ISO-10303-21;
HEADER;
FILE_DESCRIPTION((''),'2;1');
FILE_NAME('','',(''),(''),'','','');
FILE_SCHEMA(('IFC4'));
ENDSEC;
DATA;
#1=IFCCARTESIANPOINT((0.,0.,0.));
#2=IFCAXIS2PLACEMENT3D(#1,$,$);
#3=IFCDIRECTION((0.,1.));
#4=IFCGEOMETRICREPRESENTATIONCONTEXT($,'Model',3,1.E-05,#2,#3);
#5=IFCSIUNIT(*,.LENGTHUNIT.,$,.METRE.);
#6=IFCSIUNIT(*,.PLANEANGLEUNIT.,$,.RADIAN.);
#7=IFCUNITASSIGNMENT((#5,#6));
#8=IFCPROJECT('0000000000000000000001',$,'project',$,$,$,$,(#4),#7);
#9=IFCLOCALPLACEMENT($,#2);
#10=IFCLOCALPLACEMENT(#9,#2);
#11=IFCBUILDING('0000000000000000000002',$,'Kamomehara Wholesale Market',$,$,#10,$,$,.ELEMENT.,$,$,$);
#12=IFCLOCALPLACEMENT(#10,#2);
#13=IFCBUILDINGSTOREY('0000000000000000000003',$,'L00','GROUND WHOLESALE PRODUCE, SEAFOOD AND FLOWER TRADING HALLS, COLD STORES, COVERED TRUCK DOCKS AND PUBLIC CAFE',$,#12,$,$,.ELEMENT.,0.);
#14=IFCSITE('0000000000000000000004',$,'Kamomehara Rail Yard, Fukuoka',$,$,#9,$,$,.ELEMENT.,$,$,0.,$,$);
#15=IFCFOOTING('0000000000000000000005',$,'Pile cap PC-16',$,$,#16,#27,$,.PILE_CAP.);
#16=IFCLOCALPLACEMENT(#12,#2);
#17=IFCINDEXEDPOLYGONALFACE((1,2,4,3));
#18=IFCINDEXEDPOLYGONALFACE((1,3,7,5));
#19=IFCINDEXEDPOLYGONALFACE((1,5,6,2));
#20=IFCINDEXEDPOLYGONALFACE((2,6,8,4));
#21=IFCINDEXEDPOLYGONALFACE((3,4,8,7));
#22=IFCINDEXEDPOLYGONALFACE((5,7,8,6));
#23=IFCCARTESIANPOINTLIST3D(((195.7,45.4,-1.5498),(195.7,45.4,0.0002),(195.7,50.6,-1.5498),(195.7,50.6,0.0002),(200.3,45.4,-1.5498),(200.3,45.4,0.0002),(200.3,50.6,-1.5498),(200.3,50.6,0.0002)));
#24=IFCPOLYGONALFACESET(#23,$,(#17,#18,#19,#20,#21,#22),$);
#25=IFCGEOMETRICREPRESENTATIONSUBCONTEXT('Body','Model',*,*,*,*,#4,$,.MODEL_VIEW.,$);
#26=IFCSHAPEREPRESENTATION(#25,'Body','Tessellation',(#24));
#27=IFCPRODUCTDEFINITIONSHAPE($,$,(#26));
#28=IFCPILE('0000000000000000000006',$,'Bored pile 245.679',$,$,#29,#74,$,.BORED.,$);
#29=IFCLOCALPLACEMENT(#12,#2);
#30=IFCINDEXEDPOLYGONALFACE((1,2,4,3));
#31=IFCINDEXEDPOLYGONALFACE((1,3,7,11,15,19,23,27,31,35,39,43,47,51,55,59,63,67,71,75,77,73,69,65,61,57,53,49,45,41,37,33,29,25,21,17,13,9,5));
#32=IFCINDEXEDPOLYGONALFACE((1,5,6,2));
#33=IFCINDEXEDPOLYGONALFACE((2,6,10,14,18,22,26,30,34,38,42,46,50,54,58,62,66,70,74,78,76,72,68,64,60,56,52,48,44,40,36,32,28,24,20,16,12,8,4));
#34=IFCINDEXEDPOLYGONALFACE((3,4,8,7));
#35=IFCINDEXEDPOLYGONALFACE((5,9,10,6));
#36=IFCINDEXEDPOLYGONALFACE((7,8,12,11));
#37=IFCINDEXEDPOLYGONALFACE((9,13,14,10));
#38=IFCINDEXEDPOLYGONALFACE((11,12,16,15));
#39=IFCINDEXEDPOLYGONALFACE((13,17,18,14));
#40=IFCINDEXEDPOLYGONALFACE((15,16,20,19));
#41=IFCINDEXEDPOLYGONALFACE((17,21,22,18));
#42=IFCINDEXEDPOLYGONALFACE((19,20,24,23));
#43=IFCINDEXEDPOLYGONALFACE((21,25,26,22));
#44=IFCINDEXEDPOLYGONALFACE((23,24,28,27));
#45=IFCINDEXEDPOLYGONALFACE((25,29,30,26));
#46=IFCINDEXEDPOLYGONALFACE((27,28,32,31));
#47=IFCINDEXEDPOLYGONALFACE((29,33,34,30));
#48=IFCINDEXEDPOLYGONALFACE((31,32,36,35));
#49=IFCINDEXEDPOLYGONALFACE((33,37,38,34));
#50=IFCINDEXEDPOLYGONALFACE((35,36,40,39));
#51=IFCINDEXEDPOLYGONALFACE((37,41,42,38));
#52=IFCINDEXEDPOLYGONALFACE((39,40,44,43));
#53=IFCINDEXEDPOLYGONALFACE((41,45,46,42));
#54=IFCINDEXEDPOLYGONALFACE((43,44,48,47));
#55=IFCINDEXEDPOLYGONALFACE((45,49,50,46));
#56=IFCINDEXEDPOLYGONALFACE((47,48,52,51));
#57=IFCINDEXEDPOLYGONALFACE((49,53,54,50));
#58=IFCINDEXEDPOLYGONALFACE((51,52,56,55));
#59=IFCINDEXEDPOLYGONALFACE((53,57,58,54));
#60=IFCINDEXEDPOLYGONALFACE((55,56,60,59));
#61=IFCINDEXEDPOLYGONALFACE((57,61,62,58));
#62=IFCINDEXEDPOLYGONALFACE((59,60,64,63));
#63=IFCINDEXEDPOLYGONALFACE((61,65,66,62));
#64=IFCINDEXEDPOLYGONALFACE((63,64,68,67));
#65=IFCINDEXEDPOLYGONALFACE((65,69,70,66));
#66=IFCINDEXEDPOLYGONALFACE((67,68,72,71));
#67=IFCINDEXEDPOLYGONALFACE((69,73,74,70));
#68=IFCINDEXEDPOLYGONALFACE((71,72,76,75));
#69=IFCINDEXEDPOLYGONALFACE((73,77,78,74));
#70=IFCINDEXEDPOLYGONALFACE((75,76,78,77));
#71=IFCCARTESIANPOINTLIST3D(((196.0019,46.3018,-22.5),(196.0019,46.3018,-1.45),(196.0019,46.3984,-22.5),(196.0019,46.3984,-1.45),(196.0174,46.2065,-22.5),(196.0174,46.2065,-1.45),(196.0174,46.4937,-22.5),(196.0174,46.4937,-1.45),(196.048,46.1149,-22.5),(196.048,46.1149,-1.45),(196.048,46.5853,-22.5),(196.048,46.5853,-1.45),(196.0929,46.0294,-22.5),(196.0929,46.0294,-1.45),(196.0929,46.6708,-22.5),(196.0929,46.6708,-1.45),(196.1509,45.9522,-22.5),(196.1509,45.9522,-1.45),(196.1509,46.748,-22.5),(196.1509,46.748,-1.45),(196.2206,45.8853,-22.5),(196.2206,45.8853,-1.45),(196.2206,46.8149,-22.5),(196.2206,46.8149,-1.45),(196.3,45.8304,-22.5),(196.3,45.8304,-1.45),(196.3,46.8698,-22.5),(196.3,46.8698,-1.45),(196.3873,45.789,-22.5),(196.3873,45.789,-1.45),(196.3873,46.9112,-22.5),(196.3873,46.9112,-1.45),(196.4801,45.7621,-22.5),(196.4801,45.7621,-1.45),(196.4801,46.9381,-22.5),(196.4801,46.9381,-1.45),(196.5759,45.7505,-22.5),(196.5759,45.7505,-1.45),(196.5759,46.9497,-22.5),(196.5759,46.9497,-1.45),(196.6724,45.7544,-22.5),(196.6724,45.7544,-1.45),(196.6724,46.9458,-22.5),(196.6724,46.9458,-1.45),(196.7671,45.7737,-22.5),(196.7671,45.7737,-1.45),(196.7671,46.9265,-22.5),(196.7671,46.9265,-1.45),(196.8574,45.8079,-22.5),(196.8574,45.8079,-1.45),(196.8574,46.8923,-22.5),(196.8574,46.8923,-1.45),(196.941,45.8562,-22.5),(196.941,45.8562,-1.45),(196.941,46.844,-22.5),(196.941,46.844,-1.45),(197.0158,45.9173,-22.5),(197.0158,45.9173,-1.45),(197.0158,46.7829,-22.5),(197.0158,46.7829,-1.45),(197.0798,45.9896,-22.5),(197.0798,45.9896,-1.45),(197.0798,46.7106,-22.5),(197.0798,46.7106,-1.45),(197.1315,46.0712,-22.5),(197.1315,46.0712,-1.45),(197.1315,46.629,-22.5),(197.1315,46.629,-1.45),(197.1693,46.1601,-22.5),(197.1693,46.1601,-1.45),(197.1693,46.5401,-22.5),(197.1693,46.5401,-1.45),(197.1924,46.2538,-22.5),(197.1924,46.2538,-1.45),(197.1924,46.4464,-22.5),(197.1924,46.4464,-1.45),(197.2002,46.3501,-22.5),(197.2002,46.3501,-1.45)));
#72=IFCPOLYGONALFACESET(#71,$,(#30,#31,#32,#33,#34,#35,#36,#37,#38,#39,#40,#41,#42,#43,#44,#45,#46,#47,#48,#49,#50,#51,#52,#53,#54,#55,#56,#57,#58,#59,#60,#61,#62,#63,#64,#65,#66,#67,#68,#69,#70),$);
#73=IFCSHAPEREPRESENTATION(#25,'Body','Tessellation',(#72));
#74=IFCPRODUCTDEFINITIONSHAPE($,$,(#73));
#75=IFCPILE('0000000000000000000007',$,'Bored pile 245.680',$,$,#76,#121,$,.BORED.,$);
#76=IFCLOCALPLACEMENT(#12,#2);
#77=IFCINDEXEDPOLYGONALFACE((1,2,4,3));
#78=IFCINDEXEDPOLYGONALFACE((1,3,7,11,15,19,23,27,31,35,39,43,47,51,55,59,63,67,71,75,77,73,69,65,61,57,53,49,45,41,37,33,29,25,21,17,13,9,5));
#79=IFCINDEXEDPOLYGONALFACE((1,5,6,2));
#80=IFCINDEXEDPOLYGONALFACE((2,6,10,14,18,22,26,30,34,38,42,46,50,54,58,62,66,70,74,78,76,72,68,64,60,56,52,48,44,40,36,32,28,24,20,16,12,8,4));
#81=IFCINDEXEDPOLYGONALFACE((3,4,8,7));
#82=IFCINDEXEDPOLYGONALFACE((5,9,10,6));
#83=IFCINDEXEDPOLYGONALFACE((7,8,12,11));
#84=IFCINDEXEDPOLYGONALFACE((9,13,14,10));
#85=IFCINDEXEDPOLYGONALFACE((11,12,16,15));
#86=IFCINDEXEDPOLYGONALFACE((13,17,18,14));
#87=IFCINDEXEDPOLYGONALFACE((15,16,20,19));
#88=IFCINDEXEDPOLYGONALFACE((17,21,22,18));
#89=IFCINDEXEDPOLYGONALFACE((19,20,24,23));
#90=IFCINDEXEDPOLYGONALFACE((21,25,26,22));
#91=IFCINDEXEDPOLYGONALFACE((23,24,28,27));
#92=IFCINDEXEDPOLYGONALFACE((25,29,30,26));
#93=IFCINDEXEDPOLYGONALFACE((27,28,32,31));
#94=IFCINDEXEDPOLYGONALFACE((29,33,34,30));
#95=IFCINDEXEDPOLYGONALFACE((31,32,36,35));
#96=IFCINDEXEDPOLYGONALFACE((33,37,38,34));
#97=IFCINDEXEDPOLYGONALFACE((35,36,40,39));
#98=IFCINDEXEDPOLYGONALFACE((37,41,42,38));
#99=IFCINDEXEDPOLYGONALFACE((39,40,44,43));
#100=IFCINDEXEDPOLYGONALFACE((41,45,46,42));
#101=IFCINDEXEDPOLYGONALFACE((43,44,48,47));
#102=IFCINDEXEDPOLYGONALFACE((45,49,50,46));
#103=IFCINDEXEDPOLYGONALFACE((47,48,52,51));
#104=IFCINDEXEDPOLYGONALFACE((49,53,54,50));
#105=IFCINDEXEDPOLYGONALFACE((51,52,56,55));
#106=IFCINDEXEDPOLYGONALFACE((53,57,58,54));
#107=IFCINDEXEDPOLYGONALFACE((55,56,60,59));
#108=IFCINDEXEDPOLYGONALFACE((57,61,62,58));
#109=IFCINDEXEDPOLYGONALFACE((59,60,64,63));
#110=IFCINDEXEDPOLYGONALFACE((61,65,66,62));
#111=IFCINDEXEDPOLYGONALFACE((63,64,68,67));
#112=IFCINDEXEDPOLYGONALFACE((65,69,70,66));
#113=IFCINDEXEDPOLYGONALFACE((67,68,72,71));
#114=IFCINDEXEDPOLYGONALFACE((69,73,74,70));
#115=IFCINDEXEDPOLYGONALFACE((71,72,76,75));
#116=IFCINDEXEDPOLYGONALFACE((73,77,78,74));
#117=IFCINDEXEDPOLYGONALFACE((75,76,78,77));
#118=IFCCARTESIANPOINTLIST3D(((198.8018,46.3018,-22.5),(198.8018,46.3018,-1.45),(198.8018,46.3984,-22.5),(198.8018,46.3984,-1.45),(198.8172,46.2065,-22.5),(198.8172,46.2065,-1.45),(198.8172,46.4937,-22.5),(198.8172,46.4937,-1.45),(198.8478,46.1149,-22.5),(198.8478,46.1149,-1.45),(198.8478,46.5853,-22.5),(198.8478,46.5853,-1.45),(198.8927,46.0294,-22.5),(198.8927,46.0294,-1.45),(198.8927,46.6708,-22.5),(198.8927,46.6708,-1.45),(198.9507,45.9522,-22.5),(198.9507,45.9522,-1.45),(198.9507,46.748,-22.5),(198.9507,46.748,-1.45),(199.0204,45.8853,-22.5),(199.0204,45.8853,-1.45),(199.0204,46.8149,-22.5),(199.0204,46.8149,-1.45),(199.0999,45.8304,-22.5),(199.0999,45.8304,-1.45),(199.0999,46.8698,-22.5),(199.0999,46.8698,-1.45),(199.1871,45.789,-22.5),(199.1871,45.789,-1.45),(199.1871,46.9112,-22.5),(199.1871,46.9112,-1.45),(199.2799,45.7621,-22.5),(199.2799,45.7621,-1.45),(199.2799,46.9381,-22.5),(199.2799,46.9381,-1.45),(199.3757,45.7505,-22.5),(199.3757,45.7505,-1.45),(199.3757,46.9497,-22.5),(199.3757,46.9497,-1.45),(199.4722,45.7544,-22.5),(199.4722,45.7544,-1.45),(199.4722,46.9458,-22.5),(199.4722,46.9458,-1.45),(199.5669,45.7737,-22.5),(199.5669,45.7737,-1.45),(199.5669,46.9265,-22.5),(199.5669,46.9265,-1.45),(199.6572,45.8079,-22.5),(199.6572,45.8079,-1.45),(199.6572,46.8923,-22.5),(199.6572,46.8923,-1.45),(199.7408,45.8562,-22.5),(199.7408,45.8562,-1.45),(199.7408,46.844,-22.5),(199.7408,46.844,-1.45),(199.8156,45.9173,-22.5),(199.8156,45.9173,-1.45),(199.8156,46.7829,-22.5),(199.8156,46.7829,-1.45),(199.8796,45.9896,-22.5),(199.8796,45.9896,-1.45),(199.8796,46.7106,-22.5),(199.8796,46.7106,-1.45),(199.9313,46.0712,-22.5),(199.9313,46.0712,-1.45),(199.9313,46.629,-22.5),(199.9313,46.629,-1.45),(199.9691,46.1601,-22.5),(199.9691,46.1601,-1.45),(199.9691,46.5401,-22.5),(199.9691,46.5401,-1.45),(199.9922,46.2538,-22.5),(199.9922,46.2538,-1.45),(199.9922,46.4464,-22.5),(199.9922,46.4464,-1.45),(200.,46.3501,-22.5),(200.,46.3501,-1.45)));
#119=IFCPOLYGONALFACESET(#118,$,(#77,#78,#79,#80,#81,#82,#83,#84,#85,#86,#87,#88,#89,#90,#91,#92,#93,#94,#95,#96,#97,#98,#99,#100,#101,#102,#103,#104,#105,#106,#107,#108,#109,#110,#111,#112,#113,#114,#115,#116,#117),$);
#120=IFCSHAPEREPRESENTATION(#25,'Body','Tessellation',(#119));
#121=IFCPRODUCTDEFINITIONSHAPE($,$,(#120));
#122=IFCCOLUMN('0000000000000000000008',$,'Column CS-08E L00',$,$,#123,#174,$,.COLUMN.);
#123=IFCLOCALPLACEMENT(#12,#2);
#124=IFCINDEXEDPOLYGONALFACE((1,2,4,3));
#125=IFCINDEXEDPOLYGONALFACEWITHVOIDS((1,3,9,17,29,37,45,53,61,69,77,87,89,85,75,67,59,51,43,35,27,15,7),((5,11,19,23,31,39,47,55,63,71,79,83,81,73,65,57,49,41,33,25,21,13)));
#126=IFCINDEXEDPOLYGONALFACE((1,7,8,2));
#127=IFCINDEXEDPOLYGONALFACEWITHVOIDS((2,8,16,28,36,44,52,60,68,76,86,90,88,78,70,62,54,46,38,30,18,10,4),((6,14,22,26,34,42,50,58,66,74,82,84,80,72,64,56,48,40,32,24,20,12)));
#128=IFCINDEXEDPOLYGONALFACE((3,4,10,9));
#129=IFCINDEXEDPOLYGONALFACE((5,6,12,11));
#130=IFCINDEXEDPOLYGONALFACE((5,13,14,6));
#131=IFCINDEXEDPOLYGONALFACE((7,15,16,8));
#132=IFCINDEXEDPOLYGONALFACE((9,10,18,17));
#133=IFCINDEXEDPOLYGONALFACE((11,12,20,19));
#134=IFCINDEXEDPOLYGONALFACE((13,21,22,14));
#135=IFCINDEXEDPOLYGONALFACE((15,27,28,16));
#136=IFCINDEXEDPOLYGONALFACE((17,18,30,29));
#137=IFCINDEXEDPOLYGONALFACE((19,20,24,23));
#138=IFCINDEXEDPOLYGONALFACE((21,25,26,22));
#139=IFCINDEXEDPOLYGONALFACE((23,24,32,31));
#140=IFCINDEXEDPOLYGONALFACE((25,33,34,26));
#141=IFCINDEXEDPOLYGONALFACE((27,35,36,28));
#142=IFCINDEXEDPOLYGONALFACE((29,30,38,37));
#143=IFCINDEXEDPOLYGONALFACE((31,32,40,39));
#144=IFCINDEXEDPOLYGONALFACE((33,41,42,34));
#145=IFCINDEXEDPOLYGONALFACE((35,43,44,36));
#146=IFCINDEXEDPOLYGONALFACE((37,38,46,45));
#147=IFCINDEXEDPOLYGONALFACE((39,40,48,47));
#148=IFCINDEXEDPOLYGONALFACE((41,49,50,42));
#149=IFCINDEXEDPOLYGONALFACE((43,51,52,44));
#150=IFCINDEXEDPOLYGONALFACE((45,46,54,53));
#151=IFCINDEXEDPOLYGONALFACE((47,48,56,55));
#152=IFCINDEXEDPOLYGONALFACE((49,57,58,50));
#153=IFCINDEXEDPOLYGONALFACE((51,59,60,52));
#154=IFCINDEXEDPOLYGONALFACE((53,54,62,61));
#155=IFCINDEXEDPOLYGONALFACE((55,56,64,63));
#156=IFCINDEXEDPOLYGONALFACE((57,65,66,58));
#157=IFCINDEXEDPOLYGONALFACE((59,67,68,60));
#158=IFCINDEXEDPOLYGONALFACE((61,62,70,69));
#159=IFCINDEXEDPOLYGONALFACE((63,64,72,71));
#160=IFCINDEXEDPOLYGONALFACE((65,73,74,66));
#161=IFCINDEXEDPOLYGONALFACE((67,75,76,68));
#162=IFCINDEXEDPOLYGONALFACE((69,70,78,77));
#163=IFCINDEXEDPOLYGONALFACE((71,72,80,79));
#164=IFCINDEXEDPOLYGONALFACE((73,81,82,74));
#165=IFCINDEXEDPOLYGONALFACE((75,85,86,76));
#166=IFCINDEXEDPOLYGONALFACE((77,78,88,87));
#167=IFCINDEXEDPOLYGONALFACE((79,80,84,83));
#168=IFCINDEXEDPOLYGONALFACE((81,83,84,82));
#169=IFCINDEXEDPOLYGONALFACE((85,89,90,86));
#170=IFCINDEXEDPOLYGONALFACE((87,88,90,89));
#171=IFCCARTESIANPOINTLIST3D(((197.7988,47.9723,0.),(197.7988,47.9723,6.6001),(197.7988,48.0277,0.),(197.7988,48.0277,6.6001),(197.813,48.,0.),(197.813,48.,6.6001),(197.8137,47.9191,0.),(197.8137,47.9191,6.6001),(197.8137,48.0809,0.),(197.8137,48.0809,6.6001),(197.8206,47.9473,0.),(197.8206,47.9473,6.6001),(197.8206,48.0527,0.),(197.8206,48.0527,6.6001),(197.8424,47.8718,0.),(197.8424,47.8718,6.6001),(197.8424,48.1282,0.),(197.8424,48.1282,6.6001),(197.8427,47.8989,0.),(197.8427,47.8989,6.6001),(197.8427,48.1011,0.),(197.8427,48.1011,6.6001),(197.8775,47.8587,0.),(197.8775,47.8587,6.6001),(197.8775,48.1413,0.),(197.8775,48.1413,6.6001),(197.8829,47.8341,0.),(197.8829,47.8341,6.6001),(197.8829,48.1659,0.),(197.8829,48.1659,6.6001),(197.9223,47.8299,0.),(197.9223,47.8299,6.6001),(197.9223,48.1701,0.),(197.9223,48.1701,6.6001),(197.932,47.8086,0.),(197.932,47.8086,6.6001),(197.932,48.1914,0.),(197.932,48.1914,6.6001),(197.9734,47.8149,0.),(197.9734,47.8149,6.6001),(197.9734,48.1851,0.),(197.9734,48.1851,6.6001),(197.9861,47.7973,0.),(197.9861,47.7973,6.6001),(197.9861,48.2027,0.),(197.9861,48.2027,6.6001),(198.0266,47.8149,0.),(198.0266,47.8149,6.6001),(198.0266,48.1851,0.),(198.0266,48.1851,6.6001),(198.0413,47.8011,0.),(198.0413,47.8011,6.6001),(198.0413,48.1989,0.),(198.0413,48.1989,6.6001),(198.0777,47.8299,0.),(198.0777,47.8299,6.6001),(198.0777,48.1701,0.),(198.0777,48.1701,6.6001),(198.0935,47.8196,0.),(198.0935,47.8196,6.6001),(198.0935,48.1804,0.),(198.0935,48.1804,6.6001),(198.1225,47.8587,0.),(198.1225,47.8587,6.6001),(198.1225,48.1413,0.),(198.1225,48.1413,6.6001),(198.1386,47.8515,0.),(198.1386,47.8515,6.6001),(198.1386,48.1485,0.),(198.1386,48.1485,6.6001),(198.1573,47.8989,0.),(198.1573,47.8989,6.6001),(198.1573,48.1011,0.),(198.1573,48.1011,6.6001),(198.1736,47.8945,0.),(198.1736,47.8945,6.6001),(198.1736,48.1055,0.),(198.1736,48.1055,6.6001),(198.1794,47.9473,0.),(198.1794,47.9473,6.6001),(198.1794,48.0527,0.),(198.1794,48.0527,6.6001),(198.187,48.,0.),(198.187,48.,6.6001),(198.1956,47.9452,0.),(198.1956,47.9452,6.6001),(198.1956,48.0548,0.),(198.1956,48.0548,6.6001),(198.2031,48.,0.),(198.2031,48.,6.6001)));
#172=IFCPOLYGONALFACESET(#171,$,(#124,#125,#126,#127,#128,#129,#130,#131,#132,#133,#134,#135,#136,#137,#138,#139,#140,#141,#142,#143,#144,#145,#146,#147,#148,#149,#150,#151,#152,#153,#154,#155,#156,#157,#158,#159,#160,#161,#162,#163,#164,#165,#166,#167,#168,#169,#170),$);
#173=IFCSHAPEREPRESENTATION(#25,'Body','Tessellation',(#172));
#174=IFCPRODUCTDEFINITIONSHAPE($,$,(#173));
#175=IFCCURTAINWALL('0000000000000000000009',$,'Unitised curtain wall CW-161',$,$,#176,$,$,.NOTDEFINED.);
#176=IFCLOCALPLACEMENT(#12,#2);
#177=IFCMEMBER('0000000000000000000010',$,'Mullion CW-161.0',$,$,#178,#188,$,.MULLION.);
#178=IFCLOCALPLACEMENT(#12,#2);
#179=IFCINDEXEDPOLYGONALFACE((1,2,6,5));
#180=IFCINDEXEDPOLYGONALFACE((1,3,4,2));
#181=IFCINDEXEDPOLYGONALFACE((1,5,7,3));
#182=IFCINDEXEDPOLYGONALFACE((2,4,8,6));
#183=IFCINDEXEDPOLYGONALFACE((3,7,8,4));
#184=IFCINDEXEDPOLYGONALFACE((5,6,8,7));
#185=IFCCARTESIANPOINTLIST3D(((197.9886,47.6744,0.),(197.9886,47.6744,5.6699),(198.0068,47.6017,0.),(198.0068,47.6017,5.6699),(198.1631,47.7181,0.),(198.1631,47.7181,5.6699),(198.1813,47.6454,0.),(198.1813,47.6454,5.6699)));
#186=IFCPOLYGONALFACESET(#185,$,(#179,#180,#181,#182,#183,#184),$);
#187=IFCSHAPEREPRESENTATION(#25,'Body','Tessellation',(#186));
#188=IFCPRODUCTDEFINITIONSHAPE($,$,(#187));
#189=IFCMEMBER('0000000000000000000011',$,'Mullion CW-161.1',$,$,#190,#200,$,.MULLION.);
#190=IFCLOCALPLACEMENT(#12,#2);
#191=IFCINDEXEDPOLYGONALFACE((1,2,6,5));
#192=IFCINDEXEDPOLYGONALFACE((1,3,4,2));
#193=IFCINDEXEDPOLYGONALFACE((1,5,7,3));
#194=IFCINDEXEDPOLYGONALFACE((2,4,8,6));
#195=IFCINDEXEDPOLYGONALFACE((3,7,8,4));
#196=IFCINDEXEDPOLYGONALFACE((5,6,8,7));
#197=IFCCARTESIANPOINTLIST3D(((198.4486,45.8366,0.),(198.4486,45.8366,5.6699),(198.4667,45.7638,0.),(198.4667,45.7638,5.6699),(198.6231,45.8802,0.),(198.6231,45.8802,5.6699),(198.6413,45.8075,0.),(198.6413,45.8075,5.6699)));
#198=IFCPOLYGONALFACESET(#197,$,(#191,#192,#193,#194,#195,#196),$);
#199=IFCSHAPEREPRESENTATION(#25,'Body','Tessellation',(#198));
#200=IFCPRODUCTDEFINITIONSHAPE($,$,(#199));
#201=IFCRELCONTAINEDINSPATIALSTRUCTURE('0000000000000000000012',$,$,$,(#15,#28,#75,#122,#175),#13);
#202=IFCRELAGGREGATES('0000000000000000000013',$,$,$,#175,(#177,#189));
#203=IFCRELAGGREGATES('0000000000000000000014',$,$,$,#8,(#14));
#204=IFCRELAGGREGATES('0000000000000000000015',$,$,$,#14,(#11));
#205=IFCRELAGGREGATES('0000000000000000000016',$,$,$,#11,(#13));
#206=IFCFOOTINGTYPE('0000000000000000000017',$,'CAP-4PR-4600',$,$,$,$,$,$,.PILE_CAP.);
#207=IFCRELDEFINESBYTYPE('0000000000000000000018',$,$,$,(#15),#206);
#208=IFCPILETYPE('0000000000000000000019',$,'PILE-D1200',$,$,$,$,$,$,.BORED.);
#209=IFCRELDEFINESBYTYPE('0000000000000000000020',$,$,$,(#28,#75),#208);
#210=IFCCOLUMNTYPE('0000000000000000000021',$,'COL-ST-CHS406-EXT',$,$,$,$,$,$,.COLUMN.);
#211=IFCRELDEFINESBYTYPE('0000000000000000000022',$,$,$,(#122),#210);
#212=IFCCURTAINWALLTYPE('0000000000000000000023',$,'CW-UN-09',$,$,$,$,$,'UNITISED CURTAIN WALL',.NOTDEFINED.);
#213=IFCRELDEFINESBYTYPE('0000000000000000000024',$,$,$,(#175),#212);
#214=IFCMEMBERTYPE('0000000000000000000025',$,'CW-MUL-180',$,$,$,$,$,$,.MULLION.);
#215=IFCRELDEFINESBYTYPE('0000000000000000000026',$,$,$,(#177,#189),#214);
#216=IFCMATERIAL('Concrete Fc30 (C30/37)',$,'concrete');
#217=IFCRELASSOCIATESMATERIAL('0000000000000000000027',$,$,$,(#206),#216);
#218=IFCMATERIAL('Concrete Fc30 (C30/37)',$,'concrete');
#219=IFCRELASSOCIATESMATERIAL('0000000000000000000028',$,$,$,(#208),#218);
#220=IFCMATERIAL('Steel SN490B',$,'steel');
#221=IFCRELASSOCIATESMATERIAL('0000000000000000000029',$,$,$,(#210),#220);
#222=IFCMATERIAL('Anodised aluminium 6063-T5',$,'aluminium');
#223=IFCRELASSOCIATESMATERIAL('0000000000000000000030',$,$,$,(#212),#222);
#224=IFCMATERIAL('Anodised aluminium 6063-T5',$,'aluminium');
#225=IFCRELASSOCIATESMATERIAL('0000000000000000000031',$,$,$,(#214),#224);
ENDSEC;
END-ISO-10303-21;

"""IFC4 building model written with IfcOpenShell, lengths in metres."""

from ifc_helpers import new_model, si_unit, direction, frame, origin, origin_2d, place, context, subcontext, project, spatial, rectangle, circle, hollow_circle, extrude, material, material_profile, profile_set, type_object, element, aggregate, save


model = new_model("IFC4")

# Units and contexts
model_context = context("Model", 3, precision=1e-05, world=origin(), true_north=direction((0.0, 1.0)))
body_context = subcontext(model_context, "Body", "Model", "MODEL_VIEW")
ifc_project = project(units=[si_unit("LENGTHUNIT", "METRE"), si_unit("PLANEANGLEUNIT", "RADIAN")], contexts=[model_context])

# Site, building, storey
site_placement = place(None, origin())
site = spatial("IfcSite", under=ifc_project, at=site_placement, Name="Kamomehara Rail Yard, Fukuoka", CompositionType="ELEMENT", RefElevation=0.0)
building_placement = place(site_placement, origin())
building = spatial("IfcBuilding", under=site, at=building_placement, Name="Kamomehara Wholesale Market", CompositionType="ELEMENT")
storey_placement = place(building_placement, origin())
storey = spatial("IfcBuildingStorey", under=building, at=storey_placement, Name="L00", Description="GROUND WHOLESALE PRODUCE, SEAFOOD AND FLOWER TRADING HALLS, COLD STORES, COVERED TRUCK DOCKS AND PUBLIC CAFE", CompositionType="ELEMENT", Elevation=0.0)

# Footing
ifc_material_1 = material(Name="Concrete Fc30 (C30/37)", Category="concrete")
footing_type = type_object("IfcFootingType", Name="CAP-4PR-4600", PredefinedType="PILE_CAP", material=ifc_material_1)
footing_placement = place(storey_placement, frame((198.0, 48.0, -1.5498), z_axis=(0.0, 0.0, 1.0), x_axis=(1.0, 0.0, 0.0)))
element("IfcFooting", 1, at=footing_placement, inside=storey, type_object=footing_type, Name="Pile cap PC-16", PredefinedType="PILE_CAP", context=body_context, shape_type="SweptSolid", body=[
    extrude(rectangle(XDim=4.6001, YDim=5.2, at=origin_2d()), origin(), (0.0, 0.0, 1.0), 1.55),
])

# Piles
ifc_material_2 = material(Name="Concrete Fc30 (C30/37)", Category="concrete")
ifc_material_profile_1 = material_profile(ifc_material_2, circle(Radius=0.6001, at=origin_2d()), Name="RC-PILE-D1200")
ifc_profile_set_1 = profile_set([ifc_material_profile_1], Name="Concrete Fc30 (C30/37)")
pile_type = type_object("IfcPileType", Name="PILE-D1200", PredefinedType="BORED", material=ifc_profile_set_1)
for number, where, z_axis, x_axis, name in (
    (2, (196.6001, 46.3501, -1.45), (0.0, 0.0, -1.0), (1.0, 0.0, 0.0), "Bored pile 245.679"),
    (3, (199.3999, 46.3501, -1.45), (0.0, 0.0, -1.0), (1.0, 0.0, 0.0), "Bored pile 245.680"),
):
    element("IfcPile", number, at=place(storey_placement, frame(where, z_axis=z_axis, x_axis=x_axis)), inside=storey, type_object=pile_type, Name=name, PredefinedType="BORED", context=body_context, shape_type="SweptSolid", body=[
        extrude(circle(Radius=0.6001, at=origin_2d()), origin(), (0.0, 0.0, 1.0), 21.05),
    ])

# Column
ifc_material_3 = material(Name="Steel SN490B", Category="steel")
ifc_material_profile_2 = material_profile(ifc_material_3, hollow_circle(Radius=0.2031, WallThickness=0.0161, at=origin_2d()), Name="CHS-406.4x16.0")
ifc_profile_set_2 = profile_set([ifc_material_profile_2], Name="Steel SN490B")
column_type = type_object("IfcColumnType", Name="COL-ST-CHS406-EXT", PredefinedType="COLUMN", material=ifc_profile_set_2)
column_placement = place(storey_placement, frame((198.0, 48.0, 0.0), z_axis=(0.0, 0.0, 1.0), x_axis=(1.0, 0.0, 0.0)))
element("IfcColumn", 4, at=column_placement, inside=storey, type_object=column_type, Name="Column CS-08E L00", PredefinedType="COLUMN", context=body_context, shape_type="SweptSolid", body=[
    extrude(hollow_circle(Radius=0.2031, WallThickness=0.0161, at=origin_2d()), origin(), (0.0, 0.0, 1.0), 6.6001),
])

# Curtain wall, members
ifc_material_4 = material(Name="Anodised aluminium 6063-T5", Category="aluminium")
curtain_wall_type = type_object("IfcCurtainWallType", Name="CW-UN-09", ElementType="UNITISED CURTAIN WALL", PredefinedType="NOTDEFINED", material=ifc_material_4)
curtain_wall_1_placement = place(storey_placement, origin())
curtain_wall_1 = element("IfcCurtainWall", 5, at=curtain_wall_1_placement, inside=storey, type_object=curtain_wall_type, Name="Unitised curtain wall CW-161", PredefinedType="NOTDEFINED")
ifc_material_5 = material(Name="Anodised aluminium 6063-T5", Category="aluminium")
ifc_material_profile_3 = material_profile(ifc_material_5, rectangle(XDim=0.075, YDim=0.1799, at=origin_2d()), Name="ALU-MUL-75x180")
ifc_profile_set_3 = profile_set([ifc_material_profile_3], Name="Anodised aluminium 6063-T5")
member_type_1 = type_object("IfcMemberType", Name="CW-MUL-180", PredefinedType="MULLION", material=ifc_profile_set_3)
member_1_placement = place(storey_placement, frame((198.085, 47.6599, 0.0), z_axis=(0.0, 0.0, 1.0), x_axis=(0.242618, -0.970122, 0.0)))
member_1 = element("IfcMember", 6, at=member_1_placement, type_object=member_type_1, Name="Mullion CW-161.0", PredefinedType="MULLION", context=body_context, shape_type="SweptSolid", body=[
    extrude(rectangle(XDim=0.075, YDim=0.1799, at=origin_2d()), origin(), (0.0, 0.0, 1.0), 5.6699),
])
member_2_placement = place(storey_placement, frame((198.5449, 45.822, 0.0), z_axis=(0.0, 0.0, 1.0), x_axis=(0.242618, -0.970122, 0.0)))
member_2 = element("IfcMember", 7, at=member_2_placement, type_object=member_type_1, Name="Mullion CW-161.1", PredefinedType="MULLION", context=body_context, shape_type="SweptSolid", body=[
    extrude(rectangle(XDim=0.075, YDim=0.1799, at=origin_2d()), origin(), (0.0, 0.0, 1.0), 5.6699),
])

aggregate(curtain_wall_1, [member_1, member_2])

save(model, "model.ifc")
